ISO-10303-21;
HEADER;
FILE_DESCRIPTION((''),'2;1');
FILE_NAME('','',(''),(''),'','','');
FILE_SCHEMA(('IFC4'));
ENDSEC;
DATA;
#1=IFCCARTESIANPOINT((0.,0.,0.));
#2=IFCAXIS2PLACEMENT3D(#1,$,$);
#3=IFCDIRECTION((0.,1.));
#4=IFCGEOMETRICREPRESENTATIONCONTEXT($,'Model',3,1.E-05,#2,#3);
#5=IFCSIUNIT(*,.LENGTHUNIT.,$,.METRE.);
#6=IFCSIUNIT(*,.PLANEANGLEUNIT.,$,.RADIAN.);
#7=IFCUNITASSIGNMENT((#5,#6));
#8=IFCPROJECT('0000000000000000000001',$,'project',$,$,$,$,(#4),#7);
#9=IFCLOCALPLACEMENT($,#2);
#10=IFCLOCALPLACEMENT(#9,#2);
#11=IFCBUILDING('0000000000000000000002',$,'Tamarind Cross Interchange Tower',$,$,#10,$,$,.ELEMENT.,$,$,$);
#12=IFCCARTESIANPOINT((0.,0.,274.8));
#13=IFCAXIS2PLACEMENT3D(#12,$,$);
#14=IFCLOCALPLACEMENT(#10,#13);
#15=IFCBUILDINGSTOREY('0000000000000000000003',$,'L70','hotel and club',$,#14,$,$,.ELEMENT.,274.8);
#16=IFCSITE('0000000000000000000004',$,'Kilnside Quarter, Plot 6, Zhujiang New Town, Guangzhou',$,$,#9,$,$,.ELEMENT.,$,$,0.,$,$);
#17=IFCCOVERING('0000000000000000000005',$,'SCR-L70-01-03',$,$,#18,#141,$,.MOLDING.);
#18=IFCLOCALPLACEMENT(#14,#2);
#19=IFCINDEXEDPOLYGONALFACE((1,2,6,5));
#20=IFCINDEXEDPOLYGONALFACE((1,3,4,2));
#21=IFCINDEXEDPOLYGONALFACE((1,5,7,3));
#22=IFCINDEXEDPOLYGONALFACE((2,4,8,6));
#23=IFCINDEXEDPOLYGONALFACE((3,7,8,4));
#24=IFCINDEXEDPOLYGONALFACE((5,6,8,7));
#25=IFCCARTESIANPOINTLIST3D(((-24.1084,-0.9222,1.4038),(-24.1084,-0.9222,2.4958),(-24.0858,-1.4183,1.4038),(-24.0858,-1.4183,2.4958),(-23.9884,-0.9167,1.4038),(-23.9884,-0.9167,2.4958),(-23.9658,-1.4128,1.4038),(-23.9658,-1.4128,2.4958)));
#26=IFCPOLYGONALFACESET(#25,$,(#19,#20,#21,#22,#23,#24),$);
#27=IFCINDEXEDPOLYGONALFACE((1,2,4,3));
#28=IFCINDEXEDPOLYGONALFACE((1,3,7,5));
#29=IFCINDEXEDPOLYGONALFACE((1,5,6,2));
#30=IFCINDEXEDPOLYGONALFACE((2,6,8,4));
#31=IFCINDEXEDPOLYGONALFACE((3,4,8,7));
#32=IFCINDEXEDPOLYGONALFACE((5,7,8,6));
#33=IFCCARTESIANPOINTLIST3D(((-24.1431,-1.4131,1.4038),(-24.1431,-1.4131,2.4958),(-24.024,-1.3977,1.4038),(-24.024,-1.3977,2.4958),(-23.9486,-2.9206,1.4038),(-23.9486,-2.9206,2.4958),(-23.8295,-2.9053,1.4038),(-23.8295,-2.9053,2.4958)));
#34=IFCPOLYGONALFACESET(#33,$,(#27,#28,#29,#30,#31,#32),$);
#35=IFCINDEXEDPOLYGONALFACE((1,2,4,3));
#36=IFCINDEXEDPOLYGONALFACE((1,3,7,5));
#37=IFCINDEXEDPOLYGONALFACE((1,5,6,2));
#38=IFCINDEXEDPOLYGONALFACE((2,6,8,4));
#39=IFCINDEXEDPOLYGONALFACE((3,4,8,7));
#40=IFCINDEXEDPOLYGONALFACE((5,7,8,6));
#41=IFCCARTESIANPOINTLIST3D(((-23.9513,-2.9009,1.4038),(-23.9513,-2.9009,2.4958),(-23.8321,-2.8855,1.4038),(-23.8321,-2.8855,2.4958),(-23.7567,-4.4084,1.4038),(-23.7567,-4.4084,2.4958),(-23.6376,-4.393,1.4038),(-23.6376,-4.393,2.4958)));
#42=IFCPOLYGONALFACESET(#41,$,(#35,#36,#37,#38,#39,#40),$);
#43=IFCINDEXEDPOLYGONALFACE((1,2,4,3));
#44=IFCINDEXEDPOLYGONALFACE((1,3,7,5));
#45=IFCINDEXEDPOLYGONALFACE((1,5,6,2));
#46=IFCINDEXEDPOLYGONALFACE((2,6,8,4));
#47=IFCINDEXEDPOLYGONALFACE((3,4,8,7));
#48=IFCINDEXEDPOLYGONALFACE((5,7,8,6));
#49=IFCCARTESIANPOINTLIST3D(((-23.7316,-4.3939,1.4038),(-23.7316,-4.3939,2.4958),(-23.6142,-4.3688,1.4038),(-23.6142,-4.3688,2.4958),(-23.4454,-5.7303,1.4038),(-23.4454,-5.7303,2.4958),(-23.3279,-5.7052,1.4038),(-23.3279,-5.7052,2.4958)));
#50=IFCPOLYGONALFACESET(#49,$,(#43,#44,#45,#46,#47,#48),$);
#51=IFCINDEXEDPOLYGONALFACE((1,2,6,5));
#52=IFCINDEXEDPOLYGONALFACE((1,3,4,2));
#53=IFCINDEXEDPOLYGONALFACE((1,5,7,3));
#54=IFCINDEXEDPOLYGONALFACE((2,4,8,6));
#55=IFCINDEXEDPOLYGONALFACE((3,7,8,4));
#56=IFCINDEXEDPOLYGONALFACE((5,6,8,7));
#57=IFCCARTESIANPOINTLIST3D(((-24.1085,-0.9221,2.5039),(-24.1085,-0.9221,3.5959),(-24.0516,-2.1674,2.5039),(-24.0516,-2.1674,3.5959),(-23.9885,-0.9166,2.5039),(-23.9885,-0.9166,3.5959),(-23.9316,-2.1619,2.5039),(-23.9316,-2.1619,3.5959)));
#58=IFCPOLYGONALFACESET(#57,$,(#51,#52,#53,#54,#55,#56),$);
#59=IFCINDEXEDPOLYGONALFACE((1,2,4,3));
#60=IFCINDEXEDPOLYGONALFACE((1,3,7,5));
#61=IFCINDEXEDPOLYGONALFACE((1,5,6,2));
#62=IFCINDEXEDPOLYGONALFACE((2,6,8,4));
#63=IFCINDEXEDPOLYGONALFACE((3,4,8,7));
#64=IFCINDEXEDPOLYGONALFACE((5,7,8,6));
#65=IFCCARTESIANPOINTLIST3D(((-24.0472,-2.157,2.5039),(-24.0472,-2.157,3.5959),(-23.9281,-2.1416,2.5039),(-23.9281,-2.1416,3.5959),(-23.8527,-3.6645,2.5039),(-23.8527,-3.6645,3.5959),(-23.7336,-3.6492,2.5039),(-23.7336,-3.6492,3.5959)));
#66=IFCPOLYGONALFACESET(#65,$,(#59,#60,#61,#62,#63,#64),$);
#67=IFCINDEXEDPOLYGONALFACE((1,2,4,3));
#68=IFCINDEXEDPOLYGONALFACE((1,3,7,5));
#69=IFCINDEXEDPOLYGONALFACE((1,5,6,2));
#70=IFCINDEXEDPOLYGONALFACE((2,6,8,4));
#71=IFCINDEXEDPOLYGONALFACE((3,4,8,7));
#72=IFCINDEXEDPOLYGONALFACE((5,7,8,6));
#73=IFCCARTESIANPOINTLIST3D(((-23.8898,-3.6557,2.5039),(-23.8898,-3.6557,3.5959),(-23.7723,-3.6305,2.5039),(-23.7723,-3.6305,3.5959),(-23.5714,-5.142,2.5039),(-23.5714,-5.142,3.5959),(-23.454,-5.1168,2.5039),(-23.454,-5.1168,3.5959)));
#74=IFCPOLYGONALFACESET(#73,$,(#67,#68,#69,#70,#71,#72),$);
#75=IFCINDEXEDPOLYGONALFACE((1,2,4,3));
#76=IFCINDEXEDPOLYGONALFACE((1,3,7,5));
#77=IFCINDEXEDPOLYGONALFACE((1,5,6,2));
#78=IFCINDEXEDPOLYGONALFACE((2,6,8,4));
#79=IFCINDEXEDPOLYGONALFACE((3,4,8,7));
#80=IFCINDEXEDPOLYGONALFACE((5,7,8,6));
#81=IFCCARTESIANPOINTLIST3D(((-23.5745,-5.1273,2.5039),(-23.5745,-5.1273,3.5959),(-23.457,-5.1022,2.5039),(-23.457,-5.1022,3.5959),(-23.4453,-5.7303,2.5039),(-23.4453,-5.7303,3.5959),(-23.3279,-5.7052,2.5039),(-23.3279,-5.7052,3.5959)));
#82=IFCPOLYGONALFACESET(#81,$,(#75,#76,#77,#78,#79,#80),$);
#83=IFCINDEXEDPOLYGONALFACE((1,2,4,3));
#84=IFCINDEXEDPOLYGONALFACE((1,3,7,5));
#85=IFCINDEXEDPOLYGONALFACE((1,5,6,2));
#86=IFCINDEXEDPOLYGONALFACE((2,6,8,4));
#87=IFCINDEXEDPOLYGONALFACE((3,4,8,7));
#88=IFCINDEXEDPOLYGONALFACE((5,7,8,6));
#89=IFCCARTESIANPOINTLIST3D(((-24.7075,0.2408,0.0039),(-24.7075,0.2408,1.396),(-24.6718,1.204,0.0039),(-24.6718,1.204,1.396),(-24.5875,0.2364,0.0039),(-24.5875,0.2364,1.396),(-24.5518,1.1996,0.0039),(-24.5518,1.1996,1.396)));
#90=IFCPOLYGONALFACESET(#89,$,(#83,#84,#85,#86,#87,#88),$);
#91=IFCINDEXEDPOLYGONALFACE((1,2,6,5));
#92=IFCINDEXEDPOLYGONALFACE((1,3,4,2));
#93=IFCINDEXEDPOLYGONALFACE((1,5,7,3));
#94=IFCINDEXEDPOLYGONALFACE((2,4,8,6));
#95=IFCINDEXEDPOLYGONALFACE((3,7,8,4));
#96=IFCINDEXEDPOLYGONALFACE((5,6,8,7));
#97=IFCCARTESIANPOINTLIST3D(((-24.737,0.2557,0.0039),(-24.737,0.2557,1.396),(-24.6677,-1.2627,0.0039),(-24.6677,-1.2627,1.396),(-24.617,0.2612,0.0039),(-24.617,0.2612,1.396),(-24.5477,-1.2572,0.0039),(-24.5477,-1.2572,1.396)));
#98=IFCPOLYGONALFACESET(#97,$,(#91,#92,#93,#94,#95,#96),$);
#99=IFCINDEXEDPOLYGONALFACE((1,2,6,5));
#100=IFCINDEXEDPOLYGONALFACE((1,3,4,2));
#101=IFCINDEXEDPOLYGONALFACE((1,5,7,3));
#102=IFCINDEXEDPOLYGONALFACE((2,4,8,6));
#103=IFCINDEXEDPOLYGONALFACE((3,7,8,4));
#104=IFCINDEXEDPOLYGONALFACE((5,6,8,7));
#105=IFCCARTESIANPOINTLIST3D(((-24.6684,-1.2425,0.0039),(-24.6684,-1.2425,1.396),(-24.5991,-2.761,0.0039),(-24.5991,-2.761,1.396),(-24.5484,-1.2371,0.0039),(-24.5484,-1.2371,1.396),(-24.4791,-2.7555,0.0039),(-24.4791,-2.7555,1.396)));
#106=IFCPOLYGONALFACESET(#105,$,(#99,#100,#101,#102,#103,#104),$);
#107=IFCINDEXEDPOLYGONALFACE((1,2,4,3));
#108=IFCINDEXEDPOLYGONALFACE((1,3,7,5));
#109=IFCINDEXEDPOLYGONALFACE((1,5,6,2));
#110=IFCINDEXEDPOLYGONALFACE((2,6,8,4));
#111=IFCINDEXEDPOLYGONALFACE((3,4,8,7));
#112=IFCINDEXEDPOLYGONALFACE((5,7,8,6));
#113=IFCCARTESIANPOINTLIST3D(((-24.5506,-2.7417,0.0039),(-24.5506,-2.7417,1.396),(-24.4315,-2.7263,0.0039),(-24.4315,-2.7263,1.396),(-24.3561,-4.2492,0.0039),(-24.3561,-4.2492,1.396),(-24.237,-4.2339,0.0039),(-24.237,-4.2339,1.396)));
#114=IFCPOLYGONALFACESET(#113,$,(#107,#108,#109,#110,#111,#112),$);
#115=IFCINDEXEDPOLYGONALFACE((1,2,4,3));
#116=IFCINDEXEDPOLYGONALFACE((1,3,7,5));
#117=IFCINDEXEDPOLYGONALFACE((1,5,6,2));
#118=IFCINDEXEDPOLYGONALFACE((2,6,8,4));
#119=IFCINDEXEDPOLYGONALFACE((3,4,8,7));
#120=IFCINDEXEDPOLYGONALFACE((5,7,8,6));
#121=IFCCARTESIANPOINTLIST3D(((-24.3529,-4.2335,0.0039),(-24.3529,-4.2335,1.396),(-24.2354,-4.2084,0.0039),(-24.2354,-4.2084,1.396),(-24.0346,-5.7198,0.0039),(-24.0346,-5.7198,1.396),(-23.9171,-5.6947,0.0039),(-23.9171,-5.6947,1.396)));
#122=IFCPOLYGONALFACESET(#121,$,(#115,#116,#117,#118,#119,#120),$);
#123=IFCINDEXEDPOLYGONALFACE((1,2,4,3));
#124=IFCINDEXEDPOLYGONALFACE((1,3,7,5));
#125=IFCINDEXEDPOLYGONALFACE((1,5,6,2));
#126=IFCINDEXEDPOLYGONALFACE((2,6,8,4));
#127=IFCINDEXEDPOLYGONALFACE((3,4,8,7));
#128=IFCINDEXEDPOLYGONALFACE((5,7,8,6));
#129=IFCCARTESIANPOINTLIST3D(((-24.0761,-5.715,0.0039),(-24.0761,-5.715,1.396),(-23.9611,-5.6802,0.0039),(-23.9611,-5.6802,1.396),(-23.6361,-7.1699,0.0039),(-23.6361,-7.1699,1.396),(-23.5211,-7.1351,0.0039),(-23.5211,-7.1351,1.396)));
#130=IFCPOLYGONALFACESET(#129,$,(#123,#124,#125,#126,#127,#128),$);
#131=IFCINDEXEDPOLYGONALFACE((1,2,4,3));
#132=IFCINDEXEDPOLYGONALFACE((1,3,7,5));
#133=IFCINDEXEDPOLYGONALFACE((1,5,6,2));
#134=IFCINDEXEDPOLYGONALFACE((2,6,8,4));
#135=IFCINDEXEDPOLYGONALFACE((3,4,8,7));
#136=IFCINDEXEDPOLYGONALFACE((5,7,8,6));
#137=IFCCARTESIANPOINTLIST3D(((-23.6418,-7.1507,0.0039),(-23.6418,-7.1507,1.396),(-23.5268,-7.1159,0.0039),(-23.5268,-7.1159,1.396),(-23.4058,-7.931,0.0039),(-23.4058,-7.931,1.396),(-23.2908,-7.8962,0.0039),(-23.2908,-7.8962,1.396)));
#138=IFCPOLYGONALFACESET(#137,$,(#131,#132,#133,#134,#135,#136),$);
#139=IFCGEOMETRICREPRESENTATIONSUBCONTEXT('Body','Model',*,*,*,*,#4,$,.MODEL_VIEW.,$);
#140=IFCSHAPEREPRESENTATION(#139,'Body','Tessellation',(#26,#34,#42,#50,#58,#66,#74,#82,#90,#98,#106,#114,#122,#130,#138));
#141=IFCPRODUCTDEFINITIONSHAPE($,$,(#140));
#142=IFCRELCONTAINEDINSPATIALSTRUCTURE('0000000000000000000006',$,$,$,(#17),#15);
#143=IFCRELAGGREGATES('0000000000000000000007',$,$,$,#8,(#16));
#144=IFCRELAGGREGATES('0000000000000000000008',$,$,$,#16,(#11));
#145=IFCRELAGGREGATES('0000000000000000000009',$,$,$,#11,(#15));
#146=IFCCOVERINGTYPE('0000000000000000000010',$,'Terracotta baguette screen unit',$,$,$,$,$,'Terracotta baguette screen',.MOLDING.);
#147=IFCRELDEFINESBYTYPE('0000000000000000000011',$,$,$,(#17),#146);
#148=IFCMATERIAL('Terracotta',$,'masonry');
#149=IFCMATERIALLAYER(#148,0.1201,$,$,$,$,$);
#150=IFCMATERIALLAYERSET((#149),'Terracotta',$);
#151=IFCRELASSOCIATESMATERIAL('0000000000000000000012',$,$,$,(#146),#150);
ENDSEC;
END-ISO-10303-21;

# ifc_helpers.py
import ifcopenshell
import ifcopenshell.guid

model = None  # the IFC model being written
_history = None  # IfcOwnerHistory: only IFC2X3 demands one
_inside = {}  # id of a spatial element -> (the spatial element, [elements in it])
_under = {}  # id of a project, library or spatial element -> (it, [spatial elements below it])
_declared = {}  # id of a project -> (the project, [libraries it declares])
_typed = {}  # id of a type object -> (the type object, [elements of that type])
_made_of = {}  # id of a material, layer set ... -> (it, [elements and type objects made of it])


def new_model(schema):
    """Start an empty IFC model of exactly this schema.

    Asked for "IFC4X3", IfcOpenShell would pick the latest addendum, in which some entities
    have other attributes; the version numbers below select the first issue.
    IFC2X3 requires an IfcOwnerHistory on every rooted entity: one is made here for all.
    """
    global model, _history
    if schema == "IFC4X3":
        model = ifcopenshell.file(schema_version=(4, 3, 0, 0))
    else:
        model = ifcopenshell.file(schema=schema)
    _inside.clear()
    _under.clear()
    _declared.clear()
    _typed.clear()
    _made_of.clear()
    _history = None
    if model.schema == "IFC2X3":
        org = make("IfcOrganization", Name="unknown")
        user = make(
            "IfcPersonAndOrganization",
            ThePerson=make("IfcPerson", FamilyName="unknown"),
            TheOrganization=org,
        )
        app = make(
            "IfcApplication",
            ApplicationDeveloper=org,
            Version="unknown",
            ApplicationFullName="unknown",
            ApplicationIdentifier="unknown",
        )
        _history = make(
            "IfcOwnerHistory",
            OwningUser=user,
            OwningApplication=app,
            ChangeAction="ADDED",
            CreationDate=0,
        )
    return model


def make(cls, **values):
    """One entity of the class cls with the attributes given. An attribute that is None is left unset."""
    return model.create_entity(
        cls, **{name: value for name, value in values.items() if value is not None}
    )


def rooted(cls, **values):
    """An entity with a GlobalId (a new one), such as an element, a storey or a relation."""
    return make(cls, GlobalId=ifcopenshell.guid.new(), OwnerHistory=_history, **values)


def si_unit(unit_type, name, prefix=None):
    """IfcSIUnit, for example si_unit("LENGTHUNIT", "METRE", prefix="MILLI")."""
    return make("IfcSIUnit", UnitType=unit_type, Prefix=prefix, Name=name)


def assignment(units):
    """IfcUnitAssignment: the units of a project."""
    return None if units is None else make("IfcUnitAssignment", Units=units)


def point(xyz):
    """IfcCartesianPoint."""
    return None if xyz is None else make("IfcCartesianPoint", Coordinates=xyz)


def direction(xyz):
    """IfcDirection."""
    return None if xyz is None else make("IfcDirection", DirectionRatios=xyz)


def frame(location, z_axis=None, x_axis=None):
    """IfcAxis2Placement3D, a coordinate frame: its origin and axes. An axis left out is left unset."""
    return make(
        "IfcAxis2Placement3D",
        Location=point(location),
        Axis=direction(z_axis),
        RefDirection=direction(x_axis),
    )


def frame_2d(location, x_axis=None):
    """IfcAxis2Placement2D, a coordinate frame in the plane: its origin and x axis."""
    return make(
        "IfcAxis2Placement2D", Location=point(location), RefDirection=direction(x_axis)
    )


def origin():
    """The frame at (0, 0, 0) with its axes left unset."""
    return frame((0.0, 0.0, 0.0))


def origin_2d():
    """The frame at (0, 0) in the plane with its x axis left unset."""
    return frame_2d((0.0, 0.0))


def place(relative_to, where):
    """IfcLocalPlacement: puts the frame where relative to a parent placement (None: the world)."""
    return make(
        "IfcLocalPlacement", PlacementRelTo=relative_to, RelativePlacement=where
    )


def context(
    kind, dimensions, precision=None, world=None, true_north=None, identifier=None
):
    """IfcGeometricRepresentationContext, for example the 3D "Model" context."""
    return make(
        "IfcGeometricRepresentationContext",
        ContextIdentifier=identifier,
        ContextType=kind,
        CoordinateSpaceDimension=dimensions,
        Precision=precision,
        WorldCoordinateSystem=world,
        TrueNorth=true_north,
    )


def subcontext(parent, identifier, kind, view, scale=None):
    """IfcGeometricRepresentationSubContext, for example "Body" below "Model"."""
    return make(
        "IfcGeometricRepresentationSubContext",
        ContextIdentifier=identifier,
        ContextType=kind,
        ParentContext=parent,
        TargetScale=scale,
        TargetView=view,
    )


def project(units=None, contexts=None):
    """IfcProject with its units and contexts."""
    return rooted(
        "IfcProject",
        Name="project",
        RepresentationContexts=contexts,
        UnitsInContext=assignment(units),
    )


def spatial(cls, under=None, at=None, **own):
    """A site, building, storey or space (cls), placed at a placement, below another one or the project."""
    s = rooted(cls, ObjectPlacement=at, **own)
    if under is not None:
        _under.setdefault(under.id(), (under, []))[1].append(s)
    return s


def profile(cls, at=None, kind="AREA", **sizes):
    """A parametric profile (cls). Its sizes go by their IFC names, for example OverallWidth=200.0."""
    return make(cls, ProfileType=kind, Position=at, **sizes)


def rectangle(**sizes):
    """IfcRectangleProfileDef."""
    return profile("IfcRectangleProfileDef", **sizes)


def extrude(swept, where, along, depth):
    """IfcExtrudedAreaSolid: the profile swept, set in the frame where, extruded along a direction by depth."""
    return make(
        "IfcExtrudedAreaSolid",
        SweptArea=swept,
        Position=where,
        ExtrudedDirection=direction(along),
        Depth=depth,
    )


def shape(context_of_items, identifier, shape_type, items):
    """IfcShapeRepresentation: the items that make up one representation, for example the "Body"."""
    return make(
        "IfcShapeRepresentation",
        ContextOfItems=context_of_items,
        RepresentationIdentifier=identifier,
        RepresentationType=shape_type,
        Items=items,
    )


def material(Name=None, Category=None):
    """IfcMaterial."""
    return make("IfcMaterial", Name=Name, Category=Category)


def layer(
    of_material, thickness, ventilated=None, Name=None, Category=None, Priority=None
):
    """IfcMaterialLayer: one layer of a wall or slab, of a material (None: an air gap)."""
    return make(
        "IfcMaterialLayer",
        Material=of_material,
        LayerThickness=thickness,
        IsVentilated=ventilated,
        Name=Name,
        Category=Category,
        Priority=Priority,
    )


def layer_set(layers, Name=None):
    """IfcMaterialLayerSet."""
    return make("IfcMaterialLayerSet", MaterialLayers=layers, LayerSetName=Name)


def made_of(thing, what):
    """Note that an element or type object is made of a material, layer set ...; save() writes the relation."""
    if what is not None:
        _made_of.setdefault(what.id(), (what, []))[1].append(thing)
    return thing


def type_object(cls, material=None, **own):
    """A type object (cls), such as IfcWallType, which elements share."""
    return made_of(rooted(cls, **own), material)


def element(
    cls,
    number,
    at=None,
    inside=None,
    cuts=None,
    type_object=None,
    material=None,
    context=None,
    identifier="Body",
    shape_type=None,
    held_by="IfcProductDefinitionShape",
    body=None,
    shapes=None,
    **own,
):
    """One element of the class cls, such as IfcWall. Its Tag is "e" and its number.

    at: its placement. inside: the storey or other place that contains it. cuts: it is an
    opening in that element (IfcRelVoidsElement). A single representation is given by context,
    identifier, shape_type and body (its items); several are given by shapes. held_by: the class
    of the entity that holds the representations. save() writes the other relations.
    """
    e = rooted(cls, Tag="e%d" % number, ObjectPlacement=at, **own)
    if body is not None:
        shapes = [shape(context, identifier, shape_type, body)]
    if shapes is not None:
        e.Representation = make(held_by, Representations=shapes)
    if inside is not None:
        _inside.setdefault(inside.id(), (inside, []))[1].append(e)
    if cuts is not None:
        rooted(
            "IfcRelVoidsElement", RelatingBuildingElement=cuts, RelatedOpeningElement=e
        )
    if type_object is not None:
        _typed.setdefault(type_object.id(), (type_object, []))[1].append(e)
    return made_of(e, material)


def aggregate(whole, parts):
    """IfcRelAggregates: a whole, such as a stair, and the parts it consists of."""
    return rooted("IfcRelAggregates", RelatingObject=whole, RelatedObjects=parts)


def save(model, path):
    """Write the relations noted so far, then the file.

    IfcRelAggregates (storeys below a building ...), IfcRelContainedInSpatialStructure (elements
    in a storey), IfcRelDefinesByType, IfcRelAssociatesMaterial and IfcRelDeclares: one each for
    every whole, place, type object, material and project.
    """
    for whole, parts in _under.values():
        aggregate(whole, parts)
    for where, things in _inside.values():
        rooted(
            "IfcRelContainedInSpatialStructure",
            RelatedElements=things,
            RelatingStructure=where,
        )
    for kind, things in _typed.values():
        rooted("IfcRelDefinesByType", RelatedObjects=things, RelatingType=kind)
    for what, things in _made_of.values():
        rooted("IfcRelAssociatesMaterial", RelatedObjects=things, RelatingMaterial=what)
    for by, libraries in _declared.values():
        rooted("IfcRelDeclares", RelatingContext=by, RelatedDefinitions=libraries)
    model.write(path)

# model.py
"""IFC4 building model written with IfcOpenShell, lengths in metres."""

from ifc_helpers import new_model, si_unit, direction, frame, origin, origin_2d, place, context, subcontext, project, spatial, rectangle, extrude, material, layer, layer_set, type_object, element, save


model = new_model("IFC4")

# Units and contexts
model_context = context("Model", 3, precision=1e-05, world=origin(), true_north=direction((0.0, 1.0)))
body_context = subcontext(model_context, "Body", "Model", "MODEL_VIEW")
ifc_project = project(units=[si_unit("LENGTHUNIT", "METRE"), si_unit("PLANEANGLEUNIT", "RADIAN")], contexts=[model_context])

# Site, building, storey
site_placement = place(None, origin())
site = spatial("IfcSite", under=ifc_project, at=site_placement, Name="Kilnside Quarter, Plot 6, Zhujiang New Town, Guangzhou", CompositionType="ELEMENT", RefElevation=0.0)
building_placement = place(site_placement, origin())
building = spatial("IfcBuilding", under=site, at=building_placement, Name="Tamarind Cross Interchange Tower", CompositionType="ELEMENT")
storey_placement = place(building_placement, frame((0.0, 0.0, 274.8)))
storey = spatial("IfcBuildingStorey", under=building, at=storey_placement, Name="L70", Description="hotel and club", CompositionType="ELEMENT", Elevation=274.8)

# Covering
ifc_material_1 = material(Name="Terracotta", Category="masonry")
ifc_layer_1 = layer(ifc_material_1, 0.1201)
ifc_layer_set_1 = layer_set([ifc_layer_1], Name="Terracotta")
covering_type = type_object("IfcCoveringType", Name="Terracotta baguette screen unit", ElementType="Terracotta baguette screen", PredefinedType="MOLDING", material=ifc_layer_set_1)
covering_1_placement = place(storey_placement, origin())
element("IfcCovering", 1, at=covering_1_placement, inside=storey, type_object=covering_type, Name="SCR-L70-01-03", PredefinedType="MOLDING", context=body_context, shape_type="SweptSolid", body=[
    extrude(rectangle(XDim=0.4966, YDim=0.1201, at=origin_2d()), frame((-24.0371, -1.1675, 1.4038), z_axis=(0.0, 0.0, 1.0), x_axis=(0.045624, -0.998959, 0.0)), (0.0, 0.0, 1.0), 1.092),
    extrude(rectangle(XDim=1.52, YDim=0.1201, at=origin_2d()), frame((-23.9863, -2.1592, 1.4038), z_axis=(0.0, 0.0, 1.0), x_axis=(0.127962, -0.991779, 0.0)), (0.0, 0.0, 1.0), 1.092),
    extrude(rectangle(XDim=1.52, YDim=0.1201, at=origin_2d()), frame((-23.7944, -3.647, 1.4038), z_axis=(0.0, 0.0, 1.0), x_axis=(0.127962, -0.991779, 0.0)), (0.0, 0.0, 1.0), 1.092),
    extrude(rectangle(XDim=1.3667, YDim=0.1201, at=origin_2d()), frame((-23.5298, -5.0496, 1.4038), z_axis=(0.0, 0.0, 1.0), x_axis=(0.209425, -0.977825, 0.0)), (0.0, 0.0, 1.0), 1.092),
    extrude(rectangle(XDim=1.2466, YDim=0.1201, at=origin_2d()), frame((-24.02, -1.542, 2.5039), z_axis=(0.0, 0.0, 1.0), x_axis=(0.045624, -0.998959, 0.0)), (0.0, 0.0, 1.0), 1.092),
    extrude(rectangle(XDim=1.52, YDim=0.1201, at=origin_2d()), frame((-23.8904, -2.9031, 2.5039), z_axis=(0.0, 0.0, 1.0), x_axis=(0.127962, -0.991779, 0.0)), (0.0, 0.0, 1.0), 1.092),
    extrude(rectangle(XDim=1.52, YDim=0.1201, at=origin_2d()), frame((-23.6719, -4.3862, 2.5039), z_axis=(0.0, 0.0, 1.0), x_axis=(0.209425, -0.977825, 0.0)), (0.0, 0.0, 1.0), 1.092),
    extrude(rectangle(XDim=0.6167, YDim=0.1201, at=origin_2d()), frame((-23.4512, -5.4163, 2.5039), z_axis=(0.0, 0.0, 1.0), x_axis=(0.209425, -0.977825, 0.0)), (0.0, 0.0, 1.0), 1.092),
    extrude(rectangle(XDim=0.9639, YDim=0.1201, at=origin_2d()), frame((-24.6296, 0.7202, 0.0039), z_axis=(0.0, 0.0, 1.0), x_axis=(-0.037025, -0.999314, 0.0)), (0.0, 0.0, 1.0), 1.3921),
    extrude(rectangle(XDim=1.52, YDim=0.1201, at=origin_2d()), frame((-24.6423, -0.5007, 0.0039), z_axis=(0.0, 0.0, 1.0), x_axis=(0.045624, -0.998959, 0.0)), (0.0, 0.0, 1.0), 1.3921),
    extrude(rectangle(XDim=1.52, YDim=0.1201, at=origin_2d()), frame((-24.5737, -1.999, 0.0039), z_axis=(0.0, 0.0, 1.0), x_axis=(0.045624, -0.998959, 0.0)), (0.0, 0.0, 1.0), 1.3921),
    extrude(rectangle(XDim=1.52, YDim=0.1201, at=origin_2d()), frame((-24.3938, -3.4878, 0.0039), z_axis=(0.0, 0.0, 1.0), x_axis=(0.127962, -0.991779, 0.0)), (0.0, 0.0, 1.0), 1.3921),
    extrude(rectangle(XDim=1.52, YDim=0.1201, at=origin_2d()), frame((-24.135, -4.9641, 0.0039), z_axis=(0.0, 0.0, 1.0), x_axis=(0.209425, -0.977825, 0.0)), (0.0, 0.0, 1.0), 1.3921),
    extrude(rectangle(XDim=1.52, YDim=0.1201, at=origin_2d()), frame((-23.7986, -6.425, 0.0039), z_axis=(0.0, 0.0, 1.0), x_axis=(0.289458, -0.957191, 0.0)), (0.0, 0.0, 1.0), 1.3921),
    extrude(rectangle(XDim=0.8152, YDim=0.1201, at=origin_2d()), frame((-23.4663, -7.5234, 0.0039), z_axis=(0.0, 0.0, 1.0), x_axis=(0.289458, -0.957191, 0.0)), (0.0, 0.0, 1.0), 1.3921),
])

save(model, "model.ifc")
